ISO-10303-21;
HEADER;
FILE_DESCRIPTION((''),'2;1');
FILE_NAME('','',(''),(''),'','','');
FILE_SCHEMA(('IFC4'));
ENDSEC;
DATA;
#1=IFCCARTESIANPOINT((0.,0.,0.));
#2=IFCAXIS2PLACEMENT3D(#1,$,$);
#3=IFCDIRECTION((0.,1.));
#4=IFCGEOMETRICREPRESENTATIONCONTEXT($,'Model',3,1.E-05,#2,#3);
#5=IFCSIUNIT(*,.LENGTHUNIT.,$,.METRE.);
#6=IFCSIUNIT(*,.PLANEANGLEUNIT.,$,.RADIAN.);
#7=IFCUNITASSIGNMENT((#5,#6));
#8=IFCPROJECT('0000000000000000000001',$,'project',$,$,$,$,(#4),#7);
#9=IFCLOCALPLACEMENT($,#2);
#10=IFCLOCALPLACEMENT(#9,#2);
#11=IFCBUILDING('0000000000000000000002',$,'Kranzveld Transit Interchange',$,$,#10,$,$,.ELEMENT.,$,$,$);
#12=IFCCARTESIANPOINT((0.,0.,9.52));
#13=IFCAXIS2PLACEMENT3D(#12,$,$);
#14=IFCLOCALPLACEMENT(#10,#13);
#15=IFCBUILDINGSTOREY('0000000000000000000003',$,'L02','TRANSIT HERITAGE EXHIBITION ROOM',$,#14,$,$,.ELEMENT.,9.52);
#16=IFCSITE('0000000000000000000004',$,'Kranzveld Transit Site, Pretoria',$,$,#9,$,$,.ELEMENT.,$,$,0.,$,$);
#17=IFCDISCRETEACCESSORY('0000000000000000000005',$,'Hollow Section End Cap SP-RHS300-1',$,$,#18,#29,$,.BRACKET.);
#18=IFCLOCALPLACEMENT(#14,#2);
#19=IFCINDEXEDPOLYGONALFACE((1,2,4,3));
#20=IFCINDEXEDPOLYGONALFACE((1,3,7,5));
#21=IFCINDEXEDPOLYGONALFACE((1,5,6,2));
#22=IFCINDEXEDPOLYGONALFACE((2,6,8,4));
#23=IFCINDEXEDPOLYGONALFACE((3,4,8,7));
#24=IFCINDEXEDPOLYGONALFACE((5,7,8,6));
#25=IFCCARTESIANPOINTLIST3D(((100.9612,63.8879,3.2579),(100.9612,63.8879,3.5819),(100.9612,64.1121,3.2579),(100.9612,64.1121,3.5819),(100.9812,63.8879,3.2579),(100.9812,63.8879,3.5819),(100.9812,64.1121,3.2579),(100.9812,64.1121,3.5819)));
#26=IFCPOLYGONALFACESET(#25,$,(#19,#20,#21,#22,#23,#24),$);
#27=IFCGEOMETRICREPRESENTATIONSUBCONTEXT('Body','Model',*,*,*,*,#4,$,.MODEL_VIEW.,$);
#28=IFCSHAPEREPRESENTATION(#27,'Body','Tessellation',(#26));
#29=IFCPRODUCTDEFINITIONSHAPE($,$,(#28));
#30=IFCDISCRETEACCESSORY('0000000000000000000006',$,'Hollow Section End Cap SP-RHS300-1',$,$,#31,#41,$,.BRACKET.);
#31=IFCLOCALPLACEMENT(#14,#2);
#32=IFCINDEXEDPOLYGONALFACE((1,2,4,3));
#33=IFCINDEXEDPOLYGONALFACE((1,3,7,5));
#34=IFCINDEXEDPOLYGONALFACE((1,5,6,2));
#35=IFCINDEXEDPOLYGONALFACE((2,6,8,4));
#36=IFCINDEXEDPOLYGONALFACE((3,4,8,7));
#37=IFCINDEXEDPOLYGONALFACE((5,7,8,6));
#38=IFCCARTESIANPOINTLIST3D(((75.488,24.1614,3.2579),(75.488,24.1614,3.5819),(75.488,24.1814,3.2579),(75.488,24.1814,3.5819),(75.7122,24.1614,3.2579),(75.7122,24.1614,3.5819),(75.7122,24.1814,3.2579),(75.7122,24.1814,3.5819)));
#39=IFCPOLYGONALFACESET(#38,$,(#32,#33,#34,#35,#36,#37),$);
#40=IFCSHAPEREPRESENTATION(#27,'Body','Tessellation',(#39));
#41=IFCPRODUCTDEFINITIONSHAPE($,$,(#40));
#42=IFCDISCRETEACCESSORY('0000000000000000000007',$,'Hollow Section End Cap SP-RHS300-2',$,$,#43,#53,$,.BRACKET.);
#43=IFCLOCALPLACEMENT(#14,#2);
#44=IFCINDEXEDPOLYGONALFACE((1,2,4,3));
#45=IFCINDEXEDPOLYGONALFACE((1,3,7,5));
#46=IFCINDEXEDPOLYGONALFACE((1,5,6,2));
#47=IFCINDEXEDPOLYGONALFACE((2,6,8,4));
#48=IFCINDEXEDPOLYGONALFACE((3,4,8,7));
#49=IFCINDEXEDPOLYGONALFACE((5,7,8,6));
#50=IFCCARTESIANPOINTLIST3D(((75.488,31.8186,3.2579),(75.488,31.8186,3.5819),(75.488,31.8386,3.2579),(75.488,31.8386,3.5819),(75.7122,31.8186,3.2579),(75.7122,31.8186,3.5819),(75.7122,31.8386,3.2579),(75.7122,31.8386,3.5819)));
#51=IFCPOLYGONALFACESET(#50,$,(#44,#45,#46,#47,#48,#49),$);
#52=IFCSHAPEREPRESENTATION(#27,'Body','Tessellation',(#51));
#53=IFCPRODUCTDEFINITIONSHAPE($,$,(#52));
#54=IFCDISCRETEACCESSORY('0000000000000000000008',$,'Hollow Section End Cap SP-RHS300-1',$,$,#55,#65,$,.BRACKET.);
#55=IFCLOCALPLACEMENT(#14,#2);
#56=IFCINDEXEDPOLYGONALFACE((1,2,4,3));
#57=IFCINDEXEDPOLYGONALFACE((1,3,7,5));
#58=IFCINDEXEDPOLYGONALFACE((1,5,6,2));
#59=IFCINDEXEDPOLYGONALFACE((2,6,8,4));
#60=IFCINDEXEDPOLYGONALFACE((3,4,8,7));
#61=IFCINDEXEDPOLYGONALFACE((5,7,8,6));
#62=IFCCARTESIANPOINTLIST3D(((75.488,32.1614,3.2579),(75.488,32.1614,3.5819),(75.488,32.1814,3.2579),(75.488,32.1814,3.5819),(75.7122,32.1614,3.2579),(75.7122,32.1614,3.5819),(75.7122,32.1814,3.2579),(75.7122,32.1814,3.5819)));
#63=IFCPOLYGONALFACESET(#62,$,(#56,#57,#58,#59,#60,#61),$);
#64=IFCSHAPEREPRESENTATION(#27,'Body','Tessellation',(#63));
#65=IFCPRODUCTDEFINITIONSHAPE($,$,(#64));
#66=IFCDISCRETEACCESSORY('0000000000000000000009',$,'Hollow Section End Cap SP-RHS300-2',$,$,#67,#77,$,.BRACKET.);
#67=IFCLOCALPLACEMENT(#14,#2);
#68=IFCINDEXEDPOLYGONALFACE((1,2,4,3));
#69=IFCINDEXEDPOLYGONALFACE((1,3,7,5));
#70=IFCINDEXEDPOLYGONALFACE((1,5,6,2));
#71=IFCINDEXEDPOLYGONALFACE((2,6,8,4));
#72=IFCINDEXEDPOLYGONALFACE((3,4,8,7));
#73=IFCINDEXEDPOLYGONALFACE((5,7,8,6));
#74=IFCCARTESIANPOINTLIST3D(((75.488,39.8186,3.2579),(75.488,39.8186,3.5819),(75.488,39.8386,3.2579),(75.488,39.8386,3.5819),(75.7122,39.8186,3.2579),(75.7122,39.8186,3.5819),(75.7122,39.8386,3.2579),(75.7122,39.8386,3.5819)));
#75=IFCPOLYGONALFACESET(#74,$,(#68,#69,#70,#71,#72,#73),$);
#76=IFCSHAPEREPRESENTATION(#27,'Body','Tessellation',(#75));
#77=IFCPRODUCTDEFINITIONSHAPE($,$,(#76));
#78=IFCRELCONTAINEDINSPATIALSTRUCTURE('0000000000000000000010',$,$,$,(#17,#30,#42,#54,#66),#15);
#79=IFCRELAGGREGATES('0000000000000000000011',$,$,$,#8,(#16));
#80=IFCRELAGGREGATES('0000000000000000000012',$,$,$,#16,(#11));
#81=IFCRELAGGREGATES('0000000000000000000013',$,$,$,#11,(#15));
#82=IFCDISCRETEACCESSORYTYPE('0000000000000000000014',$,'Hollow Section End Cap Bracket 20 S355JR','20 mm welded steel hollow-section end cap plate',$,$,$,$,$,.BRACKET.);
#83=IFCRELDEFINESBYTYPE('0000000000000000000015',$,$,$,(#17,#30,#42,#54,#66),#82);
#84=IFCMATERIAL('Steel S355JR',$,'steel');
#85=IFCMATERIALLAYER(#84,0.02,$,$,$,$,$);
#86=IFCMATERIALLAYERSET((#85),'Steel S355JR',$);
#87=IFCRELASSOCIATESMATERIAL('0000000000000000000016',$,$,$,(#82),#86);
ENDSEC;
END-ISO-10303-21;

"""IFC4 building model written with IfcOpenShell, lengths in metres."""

from ifc_helpers import new_model, si_unit, direction, frame, origin, origin_2d, place, context, subcontext, project, spatial, rectangle, extrude, material, layer, layer_set, type_object, element, save


model = new_model("IFC4")

# Units and contexts
model_context = context("Model", 3, precision=1e-05, world=origin(), true_north=direction((0.0, 1.0)))
body_context = subcontext(model_context, "Body", "Model", "MODEL_VIEW")
ifc_project = project(units=[si_unit("LENGTHUNIT", "METRE"), si_unit("PLANEANGLEUNIT", "RADIAN")], contexts=[model_context])

# Site, building, storey
site_placement = place(None, origin())
site = spatial("IfcSite", under=ifc_project, at=site_placement, Name="Kranzveld Transit Site, Pretoria", CompositionType="ELEMENT", RefElevation=0.0)
building_placement = place(site_placement, origin())
building = spatial("IfcBuilding", under=site, at=building_placement, Name="Kranzveld Transit Interchange", CompositionType="ELEMENT")
storey_placement = place(building_placement, frame((0.0, 0.0, 9.52)))
storey = spatial("IfcBuildingStorey", under=building, at=storey_placement, Name="L02", Description="TRANSIT HERITAGE EXHIBITION ROOM", CompositionType="ELEMENT", Elevation=9.52)

# Discrete accessories
ifc_material_1 = material(Name="Steel S355JR", Category="steel")
ifc_layer_1 = layer(ifc_material_1, 0.02)
ifc_layer_set_1 = layer_set([ifc_layer_1], Name="Steel S355JR")
discrete_accessory_type = type_object("IfcDiscreteAccessoryType", Name="Hollow Section End Cap Bracket 20 S355JR", Description="20 mm welded steel hollow-section end cap plate", PredefinedType="BRACKET", material=ifc_layer_set_1)
for number, where, z_axis, x_axis, name in (
    (1, (100.9812, 64.0, 3.4199), (-1.0, 0.0, 0.0), (0.0, -1.0, 0.0), "Hollow Section End Cap SP-RHS300-1"),
    (2, (75.6001, 24.1814, 3.4199), (0.0, -1.0, 0.0), (1.0, 0.0, 0.0), "Hollow Section End Cap SP-RHS300-1"),
    (3, (75.6001, 31.8186, 3.4199), (0.0, 1.0, 0.0), (-1.0, 0.0, 0.0), "Hollow Section End Cap SP-RHS300-2"),
    (4, (75.6001, 32.1814, 3.4199), (0.0, -1.0, 0.0), (1.0, 0.0, 0.0), "Hollow Section End Cap SP-RHS300-1"),
    (5, (75.6001, 39.8186, 3.4199), (0.0, 1.0, 0.0), (-1.0, 0.0, 0.0), "Hollow Section End Cap SP-RHS300-2"),
):
    element("IfcDiscreteAccessory", number, at=place(storey_placement, frame(where, z_axis=z_axis, x_axis=x_axis)), inside=storey, type_object=discrete_accessory_type, Name=name, PredefinedType="BRACKET", context=body_context, shape_type="SweptSolid", body=[
        extrude(rectangle(XDim=0.2241, YDim=0.324, at=origin_2d()), origin(), (0.0, 0.0, 1.0), 0.02),
    ])

save(model, "model.ifc")
